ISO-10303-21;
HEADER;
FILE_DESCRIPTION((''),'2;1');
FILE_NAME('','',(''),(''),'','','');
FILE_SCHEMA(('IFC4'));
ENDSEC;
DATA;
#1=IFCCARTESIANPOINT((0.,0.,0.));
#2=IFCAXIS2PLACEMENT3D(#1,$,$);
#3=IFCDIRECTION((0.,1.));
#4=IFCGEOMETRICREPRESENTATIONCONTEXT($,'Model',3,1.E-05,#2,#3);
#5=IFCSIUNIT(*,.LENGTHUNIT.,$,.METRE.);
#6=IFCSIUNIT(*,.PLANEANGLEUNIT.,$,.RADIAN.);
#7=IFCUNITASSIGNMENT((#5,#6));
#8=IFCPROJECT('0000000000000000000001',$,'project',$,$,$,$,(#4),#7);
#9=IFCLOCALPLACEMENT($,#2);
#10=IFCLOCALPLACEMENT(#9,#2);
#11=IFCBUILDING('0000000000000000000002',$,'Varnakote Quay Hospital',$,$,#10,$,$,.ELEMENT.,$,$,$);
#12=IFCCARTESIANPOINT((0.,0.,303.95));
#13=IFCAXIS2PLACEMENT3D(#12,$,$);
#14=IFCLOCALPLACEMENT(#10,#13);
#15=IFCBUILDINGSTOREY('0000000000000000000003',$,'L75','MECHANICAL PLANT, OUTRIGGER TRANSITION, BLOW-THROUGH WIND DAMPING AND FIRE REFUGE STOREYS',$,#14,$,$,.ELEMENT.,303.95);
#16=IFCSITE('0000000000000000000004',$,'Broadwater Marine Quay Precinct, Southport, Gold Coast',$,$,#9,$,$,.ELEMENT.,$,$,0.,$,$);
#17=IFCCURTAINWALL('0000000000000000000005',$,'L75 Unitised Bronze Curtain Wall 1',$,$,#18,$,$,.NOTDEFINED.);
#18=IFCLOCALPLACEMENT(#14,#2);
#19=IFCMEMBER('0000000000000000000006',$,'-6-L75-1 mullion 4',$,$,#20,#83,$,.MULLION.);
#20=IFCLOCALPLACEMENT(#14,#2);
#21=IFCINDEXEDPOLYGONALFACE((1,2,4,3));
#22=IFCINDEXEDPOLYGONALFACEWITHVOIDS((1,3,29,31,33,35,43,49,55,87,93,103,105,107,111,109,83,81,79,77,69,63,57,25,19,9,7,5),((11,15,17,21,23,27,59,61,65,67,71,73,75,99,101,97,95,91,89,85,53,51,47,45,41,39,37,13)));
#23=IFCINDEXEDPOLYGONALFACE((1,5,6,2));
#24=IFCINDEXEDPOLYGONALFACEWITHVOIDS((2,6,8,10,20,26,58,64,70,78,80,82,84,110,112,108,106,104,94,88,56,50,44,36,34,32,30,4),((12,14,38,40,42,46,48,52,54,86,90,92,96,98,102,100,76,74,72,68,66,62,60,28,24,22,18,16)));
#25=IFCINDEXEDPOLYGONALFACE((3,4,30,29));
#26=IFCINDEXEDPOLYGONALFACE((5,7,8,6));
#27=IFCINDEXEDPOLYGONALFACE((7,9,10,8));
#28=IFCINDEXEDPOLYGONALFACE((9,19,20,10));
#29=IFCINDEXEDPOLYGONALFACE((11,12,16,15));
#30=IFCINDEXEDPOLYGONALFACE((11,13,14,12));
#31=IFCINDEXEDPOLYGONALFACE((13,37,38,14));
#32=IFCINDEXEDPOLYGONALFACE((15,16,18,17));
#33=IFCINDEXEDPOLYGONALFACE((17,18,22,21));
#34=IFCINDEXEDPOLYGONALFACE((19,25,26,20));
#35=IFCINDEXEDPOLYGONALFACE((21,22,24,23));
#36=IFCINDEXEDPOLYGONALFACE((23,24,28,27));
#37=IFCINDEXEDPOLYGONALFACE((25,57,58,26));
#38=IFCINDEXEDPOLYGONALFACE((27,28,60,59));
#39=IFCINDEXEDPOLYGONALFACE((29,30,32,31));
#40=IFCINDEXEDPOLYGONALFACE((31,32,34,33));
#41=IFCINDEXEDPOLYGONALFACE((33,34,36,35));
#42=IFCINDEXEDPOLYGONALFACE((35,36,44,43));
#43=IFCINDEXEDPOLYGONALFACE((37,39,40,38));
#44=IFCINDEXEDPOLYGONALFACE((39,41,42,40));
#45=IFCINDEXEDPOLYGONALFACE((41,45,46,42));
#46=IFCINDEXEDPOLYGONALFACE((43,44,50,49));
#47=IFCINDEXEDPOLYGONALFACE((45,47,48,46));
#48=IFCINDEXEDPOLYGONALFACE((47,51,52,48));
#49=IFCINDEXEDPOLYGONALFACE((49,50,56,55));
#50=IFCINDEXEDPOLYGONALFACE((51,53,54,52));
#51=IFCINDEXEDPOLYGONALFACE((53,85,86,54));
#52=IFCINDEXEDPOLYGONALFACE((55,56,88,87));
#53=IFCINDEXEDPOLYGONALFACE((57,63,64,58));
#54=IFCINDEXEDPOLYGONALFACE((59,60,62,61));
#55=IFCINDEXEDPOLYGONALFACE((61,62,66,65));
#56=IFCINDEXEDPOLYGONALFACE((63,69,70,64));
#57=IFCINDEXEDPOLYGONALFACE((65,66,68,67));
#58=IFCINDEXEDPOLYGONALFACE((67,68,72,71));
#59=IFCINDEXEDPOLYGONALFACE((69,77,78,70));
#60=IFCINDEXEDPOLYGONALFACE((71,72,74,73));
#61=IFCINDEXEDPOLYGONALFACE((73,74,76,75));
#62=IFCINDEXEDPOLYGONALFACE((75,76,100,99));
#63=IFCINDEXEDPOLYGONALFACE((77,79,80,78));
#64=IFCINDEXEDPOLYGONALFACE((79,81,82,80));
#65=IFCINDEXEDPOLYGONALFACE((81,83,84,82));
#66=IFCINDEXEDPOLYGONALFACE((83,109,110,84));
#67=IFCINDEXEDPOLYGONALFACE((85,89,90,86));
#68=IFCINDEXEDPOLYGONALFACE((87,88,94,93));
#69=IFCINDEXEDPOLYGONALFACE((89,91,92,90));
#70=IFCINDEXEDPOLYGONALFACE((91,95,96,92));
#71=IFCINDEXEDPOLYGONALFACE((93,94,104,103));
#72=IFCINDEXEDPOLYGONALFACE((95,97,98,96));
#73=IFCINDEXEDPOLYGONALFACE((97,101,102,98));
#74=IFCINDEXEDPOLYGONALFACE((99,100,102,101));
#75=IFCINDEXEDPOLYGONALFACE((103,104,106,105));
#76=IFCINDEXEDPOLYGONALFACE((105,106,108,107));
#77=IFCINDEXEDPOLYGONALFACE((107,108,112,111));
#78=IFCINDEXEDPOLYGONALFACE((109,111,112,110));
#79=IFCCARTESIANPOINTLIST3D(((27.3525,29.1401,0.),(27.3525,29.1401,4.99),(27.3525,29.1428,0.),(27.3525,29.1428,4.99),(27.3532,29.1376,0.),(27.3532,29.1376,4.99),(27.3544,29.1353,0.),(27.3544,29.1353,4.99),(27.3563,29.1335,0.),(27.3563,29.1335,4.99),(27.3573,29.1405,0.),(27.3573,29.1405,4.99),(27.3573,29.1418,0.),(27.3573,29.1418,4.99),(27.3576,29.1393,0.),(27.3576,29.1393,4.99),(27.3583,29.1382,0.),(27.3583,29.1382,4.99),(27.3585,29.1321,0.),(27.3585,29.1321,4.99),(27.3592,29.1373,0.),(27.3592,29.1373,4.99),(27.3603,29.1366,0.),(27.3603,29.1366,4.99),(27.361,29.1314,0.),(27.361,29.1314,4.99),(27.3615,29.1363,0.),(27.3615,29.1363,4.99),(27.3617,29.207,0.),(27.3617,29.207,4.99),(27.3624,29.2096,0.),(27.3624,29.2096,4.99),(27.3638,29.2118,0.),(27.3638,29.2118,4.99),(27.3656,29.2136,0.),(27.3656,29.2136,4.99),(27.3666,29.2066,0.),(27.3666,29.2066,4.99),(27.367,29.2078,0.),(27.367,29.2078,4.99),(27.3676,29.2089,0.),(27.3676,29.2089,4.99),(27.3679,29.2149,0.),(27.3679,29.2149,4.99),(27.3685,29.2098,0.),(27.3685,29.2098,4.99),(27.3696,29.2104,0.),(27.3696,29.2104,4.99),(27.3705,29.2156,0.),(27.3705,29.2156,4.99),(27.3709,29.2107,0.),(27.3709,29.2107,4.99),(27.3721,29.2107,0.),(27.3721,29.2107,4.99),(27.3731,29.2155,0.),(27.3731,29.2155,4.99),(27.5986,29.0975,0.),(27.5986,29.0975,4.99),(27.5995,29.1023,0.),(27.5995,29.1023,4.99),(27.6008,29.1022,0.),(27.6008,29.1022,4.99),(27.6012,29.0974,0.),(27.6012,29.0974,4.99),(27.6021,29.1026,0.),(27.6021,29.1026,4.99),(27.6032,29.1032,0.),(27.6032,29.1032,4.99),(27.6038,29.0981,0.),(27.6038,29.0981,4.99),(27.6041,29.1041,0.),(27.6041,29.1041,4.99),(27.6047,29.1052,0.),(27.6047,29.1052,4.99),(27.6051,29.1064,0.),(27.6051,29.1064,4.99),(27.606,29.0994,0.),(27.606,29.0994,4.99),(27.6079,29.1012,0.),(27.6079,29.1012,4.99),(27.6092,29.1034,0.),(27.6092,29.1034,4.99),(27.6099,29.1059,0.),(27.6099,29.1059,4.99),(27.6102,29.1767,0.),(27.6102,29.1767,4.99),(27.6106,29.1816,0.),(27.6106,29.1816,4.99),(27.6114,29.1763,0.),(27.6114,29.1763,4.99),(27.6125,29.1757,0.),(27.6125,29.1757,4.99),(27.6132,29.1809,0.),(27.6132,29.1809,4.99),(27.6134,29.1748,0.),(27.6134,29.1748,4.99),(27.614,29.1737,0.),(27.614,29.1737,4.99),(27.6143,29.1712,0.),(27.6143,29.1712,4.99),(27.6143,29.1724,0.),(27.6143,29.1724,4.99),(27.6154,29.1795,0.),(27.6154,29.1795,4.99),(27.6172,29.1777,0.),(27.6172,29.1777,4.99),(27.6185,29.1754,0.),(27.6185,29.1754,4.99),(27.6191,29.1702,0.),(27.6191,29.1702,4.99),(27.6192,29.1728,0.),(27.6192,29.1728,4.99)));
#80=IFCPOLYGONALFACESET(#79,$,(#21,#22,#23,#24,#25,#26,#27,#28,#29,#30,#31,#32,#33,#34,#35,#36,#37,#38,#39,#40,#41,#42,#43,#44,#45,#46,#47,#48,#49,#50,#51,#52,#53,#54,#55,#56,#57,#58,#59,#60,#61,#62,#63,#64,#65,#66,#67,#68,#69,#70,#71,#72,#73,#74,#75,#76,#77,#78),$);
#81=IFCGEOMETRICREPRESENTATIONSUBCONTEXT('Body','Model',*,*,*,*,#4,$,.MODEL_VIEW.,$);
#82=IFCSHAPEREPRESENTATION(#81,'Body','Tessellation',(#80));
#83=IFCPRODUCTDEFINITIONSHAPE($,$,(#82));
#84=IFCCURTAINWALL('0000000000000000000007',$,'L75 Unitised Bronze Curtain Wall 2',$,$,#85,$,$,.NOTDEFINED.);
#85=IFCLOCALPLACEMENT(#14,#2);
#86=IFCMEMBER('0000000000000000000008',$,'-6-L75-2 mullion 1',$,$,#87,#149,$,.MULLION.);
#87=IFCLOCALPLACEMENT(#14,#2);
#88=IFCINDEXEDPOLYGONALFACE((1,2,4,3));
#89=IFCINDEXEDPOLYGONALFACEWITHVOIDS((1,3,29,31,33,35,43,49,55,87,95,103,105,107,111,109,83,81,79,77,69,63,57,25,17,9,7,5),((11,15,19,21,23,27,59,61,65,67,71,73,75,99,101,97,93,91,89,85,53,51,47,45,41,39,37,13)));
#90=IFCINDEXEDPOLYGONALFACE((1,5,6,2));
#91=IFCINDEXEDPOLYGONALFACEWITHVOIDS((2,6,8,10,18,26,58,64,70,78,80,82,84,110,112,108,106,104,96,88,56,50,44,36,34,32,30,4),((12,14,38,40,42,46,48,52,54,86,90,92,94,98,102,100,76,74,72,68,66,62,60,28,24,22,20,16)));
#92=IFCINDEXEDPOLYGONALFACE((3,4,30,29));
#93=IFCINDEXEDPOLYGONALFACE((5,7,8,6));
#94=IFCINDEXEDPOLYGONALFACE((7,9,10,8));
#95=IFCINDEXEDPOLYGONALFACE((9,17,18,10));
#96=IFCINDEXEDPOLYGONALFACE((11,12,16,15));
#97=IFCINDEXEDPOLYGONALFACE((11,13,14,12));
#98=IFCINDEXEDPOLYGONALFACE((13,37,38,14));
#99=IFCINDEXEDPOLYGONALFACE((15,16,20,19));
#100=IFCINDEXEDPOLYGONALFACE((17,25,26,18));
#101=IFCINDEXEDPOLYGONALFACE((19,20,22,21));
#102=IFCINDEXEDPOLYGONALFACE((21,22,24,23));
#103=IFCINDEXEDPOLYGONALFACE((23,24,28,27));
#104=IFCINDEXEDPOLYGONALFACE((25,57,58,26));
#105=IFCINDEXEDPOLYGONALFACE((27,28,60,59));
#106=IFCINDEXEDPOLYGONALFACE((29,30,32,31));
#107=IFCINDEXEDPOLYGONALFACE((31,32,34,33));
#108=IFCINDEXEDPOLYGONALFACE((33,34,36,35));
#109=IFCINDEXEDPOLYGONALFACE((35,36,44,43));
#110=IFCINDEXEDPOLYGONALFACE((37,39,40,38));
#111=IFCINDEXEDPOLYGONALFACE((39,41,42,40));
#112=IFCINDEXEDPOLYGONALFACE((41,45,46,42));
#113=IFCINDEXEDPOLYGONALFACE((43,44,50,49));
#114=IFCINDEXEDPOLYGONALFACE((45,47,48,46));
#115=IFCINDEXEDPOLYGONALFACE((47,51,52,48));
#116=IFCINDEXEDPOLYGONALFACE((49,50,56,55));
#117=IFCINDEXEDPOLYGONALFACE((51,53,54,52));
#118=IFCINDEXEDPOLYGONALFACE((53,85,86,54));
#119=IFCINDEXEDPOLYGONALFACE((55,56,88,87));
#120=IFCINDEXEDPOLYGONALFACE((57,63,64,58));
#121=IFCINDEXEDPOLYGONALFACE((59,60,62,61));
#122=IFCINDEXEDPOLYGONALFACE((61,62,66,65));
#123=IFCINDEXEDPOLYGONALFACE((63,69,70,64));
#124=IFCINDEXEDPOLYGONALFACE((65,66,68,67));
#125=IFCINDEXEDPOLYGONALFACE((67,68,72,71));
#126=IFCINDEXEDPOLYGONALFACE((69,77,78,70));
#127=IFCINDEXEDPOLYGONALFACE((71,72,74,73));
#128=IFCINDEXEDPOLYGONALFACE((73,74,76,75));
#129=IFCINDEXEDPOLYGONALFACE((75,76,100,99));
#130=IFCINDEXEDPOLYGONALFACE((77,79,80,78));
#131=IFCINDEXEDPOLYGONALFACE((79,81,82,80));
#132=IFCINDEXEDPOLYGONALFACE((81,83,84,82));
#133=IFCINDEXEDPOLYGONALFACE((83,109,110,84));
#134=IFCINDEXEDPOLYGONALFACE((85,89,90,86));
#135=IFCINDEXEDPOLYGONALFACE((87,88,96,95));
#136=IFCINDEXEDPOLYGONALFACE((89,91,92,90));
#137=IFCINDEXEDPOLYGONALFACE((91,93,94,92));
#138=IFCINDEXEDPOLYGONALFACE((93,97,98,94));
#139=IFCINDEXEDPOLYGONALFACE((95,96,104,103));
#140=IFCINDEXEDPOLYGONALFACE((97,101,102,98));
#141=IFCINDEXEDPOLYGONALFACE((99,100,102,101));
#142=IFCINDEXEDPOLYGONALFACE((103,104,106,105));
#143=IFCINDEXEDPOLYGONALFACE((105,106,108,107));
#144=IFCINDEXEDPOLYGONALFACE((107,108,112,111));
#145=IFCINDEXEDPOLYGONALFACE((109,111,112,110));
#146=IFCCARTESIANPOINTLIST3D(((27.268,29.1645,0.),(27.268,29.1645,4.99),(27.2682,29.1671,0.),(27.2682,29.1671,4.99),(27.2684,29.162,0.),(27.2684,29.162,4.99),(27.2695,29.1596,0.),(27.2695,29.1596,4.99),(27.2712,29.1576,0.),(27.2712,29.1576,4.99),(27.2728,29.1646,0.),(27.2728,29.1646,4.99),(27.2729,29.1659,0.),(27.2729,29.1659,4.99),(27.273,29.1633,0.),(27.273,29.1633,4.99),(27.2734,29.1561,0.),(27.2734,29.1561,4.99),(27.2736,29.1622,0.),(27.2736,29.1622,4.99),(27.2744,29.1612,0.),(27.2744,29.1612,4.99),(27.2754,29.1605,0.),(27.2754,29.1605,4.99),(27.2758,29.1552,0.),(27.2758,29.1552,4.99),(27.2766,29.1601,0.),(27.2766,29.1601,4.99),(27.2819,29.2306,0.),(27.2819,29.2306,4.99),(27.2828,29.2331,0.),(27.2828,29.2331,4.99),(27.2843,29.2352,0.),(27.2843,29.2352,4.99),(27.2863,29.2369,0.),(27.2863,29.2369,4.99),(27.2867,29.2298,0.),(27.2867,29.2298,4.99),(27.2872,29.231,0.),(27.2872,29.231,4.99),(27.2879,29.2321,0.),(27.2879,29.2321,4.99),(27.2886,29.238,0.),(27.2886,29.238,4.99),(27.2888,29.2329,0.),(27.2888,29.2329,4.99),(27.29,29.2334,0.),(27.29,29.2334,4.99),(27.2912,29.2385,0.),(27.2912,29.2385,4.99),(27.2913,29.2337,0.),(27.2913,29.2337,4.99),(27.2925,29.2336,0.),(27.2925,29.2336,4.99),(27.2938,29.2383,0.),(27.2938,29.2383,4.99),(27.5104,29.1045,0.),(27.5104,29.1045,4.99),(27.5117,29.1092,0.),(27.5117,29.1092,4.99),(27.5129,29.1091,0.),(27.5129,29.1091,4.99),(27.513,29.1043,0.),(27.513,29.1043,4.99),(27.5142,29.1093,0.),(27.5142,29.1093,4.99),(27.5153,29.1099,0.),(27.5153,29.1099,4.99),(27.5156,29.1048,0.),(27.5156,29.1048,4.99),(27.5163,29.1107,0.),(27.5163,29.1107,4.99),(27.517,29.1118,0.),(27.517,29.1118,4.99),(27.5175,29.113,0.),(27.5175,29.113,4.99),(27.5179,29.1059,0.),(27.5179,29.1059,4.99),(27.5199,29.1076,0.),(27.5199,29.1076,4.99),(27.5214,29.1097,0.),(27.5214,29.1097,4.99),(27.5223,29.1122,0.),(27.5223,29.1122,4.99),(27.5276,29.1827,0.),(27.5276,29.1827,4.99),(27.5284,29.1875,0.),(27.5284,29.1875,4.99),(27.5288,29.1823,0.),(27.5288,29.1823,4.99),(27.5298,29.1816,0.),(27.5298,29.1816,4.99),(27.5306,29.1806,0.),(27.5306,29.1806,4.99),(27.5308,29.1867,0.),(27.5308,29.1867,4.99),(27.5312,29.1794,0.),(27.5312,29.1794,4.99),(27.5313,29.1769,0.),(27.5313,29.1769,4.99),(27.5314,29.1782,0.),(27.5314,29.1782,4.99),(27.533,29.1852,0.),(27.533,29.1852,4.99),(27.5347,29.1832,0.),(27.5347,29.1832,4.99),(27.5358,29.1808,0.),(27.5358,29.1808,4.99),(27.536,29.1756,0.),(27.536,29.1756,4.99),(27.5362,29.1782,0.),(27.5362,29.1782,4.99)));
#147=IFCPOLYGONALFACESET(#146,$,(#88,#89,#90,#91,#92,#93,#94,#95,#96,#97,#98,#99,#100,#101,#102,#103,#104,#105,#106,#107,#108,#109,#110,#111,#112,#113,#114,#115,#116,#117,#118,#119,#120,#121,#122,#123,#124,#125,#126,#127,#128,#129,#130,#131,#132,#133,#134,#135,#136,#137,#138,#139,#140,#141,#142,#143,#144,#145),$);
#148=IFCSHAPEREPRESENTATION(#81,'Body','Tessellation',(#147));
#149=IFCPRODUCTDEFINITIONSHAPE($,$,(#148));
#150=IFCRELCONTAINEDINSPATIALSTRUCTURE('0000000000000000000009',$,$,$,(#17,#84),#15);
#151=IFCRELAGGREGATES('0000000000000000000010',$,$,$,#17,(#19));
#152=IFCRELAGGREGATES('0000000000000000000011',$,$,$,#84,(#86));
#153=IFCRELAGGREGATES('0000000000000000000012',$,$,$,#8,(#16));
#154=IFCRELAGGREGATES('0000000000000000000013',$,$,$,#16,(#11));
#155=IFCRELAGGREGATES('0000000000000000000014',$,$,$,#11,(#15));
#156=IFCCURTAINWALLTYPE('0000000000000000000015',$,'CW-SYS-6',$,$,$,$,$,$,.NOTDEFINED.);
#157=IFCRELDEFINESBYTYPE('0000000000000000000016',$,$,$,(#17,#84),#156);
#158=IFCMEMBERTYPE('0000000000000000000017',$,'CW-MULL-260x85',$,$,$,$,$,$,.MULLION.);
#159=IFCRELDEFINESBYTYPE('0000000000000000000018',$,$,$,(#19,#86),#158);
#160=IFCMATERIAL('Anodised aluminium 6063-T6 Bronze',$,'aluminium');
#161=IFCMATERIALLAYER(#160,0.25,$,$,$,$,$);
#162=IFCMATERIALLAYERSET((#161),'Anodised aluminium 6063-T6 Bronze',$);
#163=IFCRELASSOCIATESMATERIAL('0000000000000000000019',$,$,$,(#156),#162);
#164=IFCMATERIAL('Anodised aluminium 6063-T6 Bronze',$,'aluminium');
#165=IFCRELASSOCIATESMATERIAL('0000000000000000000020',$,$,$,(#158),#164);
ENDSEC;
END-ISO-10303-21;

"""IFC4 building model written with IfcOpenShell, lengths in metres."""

from ifc_helpers import new_model, si_unit, direction, frame, origin, origin_2d, place, context, subcontext, project, spatial, hollow_rectangle, extrude, material, layer, layer_set, material_profile, profile_set, type_object, element, aggregate, save


model = new_model("IFC4")

# Units and contexts
model_context = context("Model", 3, precision=1e-05, world=origin(), true_north=direction((0.0, 1.0)))
body_context = subcontext(model_context, "Body", "Model", "MODEL_VIEW")
ifc_project = project(units=[si_unit("LENGTHUNIT", "METRE"), si_unit("PLANEANGLEUNIT", "RADIAN")], contexts=[model_context])

# Site, building, storey
site_placement = place(None, origin())
site = spatial("IfcSite", under=ifc_project, at=site_placement, Name="Broadwater Marine Quay Precinct, Southport, Gold Coast", CompositionType="ELEMENT", RefElevation=0.0)
building_placement = place(site_placement, origin())
building = spatial("IfcBuilding", under=site, at=building_placement, Name="Varnakote Quay Hospital", CompositionType="ELEMENT")
storey_placement = place(building_placement, frame((0.0, 0.0, 303.95)))
storey = spatial("IfcBuildingStorey", under=building, at=storey_placement, Name="L75", Description="MECHANICAL PLANT, OUTRIGGER TRANSITION, BLOW-THROUGH WIND DAMPING AND FIRE REFUGE STOREYS", CompositionType="ELEMENT", Elevation=303.95)

# Curtain wall, member
ifc_material_1 = material(Name="Anodised aluminium 6063-T6 Bronze", Category="aluminium")
ifc_layer_1 = layer(ifc_material_1, 0.25)
ifc_layer_set_1 = layer_set([ifc_layer_1], Name="Anodised aluminium 6063-T6 Bronze")
curtain_wall_type = type_object("IfcCurtainWallType", Name="CW-SYS-6", PredefinedType="NOTDEFINED", material=ifc_layer_set_1)
curtain_wall_1_placement = place(storey_placement, origin())
curtain_wall_1 = element("IfcCurtainWall", 1, at=curtain_wall_1_placement, inside=storey, type_object=curtain_wall_type, Name="L75 Unitised Bronze Curtain Wall 1", PredefinedType="NOTDEFINED")
ifc_material_2 = material(Name="Anodised aluminium 6063-T6 Bronze", Category="aluminium")
ifc_material_profile_1 = material_profile(ifc_material_2, hollow_rectangle(XDim=0.085, YDim=0.26, WallThickness=0.0049, InnerFilletRadius=0.0049, OuterFilletRadius=0.01, at=origin_2d()), Name="CW-MULL-260x85")
ifc_profile_set_1 = profile_set([ifc_material_profile_1], Name="Anodised aluminium 6063-T6 Bronze")
member_type_1 = type_object("IfcMemberType", Name="CW-MULL-260x85", PredefinedType="MULLION", material=ifc_profile_set_1)
member_1_placement = place(storey_placement, frame((27.4858, 29.1565, 0.0), z_axis=(0.0, 0.0, 1.0), x_axis=(-0.141572, -0.989928, 0.0)))
member_1 = element("IfcMember", 2, at=member_1_placement, type_object=member_type_1, Name="-6-L75-1 mullion 4", PredefinedType="MULLION", context=body_context, shape_type="SweptSolid", body=[
    extrude(hollow_rectangle(XDim=0.085, YDim=0.26, WallThickness=0.0049, InnerFilletRadius=0.0049, OuterFilletRadius=0.01, at=origin_2d()), origin(), (0.0, 0.0, 1.0), 4.99),
])

# Curtain wall, member
curtain_wall_2_placement = place(storey_placement, origin())
curtain_wall_2 = element("IfcCurtainWall", 3, at=curtain_wall_2_placement, inside=storey, type_object=curtain_wall_type, Name="L75 Unitised Bronze Curtain Wall 2", PredefinedType="NOTDEFINED")
member_2_placement = place(storey_placement, frame((27.4021, 29.1714, 0.0), z_axis=(0.0, 0.0, 1.0), x_axis=(-0.211408, -0.977398, 0.0)))
member_2 = element("IfcMember", 4, at=member_2_placement, type_object=member_type_1, Name="-6-L75-2 mullion 1", PredefinedType="MULLION", context=body_context, shape_type="SweptSolid", body=[
    extrude(hollow_rectangle(XDim=0.085, YDim=0.26, WallThickness=0.0049, InnerFilletRadius=0.0049, OuterFilletRadius=0.01, at=origin_2d()), origin(), (0.0, 0.0, 1.0), 4.99),
])

aggregate(curtain_wall_1, [member_1])
aggregate(curtain_wall_2, [member_2])

save(model, "model.ifc")
